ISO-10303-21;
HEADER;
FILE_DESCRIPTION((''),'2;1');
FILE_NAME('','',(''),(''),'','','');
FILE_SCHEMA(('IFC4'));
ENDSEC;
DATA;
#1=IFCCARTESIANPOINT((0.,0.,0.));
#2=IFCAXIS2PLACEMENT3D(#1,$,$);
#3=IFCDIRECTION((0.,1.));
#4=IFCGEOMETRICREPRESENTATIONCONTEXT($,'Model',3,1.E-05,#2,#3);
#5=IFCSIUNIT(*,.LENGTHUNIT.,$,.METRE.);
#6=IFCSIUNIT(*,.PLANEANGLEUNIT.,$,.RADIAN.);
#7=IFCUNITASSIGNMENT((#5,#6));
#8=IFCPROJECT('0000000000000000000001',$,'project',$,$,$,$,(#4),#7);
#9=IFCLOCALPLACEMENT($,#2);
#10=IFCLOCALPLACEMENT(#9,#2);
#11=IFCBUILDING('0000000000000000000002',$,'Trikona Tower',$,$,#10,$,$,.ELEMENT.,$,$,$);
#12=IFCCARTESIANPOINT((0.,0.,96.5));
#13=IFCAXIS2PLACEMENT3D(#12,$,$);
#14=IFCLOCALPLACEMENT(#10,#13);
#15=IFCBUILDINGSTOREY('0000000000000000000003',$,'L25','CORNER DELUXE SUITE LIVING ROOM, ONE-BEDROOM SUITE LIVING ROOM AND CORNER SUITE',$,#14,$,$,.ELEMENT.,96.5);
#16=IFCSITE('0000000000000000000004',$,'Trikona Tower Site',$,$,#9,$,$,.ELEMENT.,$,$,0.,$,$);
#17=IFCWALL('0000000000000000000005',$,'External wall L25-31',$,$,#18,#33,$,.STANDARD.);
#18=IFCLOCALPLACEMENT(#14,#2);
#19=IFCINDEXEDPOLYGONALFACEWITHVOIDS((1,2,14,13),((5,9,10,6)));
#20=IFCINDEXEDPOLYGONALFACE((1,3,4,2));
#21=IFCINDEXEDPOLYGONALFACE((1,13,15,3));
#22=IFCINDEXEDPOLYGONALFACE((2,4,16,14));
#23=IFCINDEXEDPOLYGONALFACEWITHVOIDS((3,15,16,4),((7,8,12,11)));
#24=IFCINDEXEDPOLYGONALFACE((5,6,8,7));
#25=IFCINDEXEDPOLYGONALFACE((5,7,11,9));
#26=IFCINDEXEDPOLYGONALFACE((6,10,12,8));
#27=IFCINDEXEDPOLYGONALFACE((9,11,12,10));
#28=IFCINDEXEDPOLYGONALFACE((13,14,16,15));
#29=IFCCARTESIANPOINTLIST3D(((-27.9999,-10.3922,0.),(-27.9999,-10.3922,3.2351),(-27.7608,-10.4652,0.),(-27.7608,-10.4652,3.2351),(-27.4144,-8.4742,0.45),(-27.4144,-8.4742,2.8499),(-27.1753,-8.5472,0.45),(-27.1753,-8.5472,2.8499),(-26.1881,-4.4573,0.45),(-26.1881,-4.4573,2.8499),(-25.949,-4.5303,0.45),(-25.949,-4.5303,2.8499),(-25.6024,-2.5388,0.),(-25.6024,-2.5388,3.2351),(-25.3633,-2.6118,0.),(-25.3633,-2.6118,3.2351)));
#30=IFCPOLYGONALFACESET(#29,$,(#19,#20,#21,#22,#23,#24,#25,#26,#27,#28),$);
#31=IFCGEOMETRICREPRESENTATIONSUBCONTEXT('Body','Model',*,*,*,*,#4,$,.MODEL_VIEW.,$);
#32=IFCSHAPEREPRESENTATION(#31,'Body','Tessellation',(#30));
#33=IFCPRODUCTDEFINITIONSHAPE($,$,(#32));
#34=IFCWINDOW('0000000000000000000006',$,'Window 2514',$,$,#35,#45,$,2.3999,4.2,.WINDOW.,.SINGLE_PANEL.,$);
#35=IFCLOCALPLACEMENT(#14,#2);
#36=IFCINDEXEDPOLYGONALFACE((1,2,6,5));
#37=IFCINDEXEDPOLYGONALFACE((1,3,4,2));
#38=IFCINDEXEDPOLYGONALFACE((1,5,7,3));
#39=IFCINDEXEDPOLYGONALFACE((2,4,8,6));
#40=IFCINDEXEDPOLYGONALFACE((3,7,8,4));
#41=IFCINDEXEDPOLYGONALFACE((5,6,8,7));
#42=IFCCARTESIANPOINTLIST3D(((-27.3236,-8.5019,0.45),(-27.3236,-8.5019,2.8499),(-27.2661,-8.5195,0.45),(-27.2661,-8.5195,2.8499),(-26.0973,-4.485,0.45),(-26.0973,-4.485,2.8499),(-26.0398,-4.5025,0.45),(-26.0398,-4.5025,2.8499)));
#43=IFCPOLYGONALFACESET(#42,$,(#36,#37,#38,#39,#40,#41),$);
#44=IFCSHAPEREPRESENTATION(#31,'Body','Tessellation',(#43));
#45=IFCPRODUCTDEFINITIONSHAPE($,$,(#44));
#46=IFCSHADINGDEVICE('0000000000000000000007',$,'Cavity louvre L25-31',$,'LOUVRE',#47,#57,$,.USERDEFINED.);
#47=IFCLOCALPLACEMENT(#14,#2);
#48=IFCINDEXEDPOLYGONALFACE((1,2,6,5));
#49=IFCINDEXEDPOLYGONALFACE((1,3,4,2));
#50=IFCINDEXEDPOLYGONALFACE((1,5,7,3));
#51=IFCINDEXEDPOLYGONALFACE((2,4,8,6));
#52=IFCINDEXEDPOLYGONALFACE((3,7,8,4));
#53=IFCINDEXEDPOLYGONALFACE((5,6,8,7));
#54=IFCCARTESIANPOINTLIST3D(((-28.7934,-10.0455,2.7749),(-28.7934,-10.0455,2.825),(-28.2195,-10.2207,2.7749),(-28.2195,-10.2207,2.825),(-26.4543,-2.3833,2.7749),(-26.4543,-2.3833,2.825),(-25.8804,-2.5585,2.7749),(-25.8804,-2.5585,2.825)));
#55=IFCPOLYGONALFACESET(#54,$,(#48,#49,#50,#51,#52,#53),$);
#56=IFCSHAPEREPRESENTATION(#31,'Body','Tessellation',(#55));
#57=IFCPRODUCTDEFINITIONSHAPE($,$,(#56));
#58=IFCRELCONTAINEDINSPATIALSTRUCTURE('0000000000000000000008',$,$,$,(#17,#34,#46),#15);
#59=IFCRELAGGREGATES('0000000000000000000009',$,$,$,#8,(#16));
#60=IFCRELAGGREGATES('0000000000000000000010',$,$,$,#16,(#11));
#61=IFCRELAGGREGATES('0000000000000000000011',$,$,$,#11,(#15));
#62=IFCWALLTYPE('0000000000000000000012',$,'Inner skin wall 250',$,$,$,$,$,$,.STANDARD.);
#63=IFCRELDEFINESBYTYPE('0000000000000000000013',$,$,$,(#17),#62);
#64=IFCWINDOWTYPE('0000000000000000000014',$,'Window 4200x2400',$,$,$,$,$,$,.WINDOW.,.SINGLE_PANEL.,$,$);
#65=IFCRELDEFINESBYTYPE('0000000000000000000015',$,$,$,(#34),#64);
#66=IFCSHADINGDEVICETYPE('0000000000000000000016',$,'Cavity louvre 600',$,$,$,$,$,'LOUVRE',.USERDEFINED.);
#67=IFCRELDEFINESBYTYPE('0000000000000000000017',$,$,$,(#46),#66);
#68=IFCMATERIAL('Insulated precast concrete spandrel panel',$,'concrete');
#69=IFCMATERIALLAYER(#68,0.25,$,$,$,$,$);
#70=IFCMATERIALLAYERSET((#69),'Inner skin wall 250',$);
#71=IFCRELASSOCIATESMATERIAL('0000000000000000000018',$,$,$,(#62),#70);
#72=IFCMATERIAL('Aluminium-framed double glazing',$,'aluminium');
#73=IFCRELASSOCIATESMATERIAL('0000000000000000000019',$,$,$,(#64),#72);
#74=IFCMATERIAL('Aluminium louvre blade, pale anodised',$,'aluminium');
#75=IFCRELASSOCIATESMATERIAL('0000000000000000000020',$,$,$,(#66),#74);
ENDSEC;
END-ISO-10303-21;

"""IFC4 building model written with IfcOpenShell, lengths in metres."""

from ifc_helpers import new_model, si_unit, direction, frame, frame_2d, origin, origin_2d, place, context, subcontext, project, spatial, rectangle, extrude, material, layer, layer_set, type_object, element, fill, save


model = new_model("IFC4")

# Units and contexts
model_context = context("Model", 3, precision=1e-05, world=origin(), true_north=direction((0.0, 1.0)))
body_context = subcontext(model_context, "Body", "Model", "MODEL_VIEW")
ifc_project = project(units=[si_unit("LENGTHUNIT", "METRE"), si_unit("PLANEANGLEUNIT", "RADIAN")], contexts=[model_context])

# Site, building, storey
site_placement = place(None, origin())
site = spatial("IfcSite", under=ifc_project, at=site_placement, Name="Trikona Tower Site", CompositionType="ELEMENT", RefElevation=0.0)
building_placement = place(site_placement, origin())
building = spatial("IfcBuilding", under=site, at=building_placement, Name="Trikona Tower", CompositionType="ELEMENT")
storey_placement = place(building_placement, frame((0.0, 0.0, 96.5)))
storey = spatial("IfcBuildingStorey", under=building, at=storey_placement, Name="L25", Description="CORNER DELUXE SUITE LIVING ROOM, ONE-BEDROOM SUITE LIVING ROOM AND CORNER SUITE", CompositionType="ELEMENT", Elevation=96.5)

# Wall, opening, window
ifc_material_1 = material(Name="Insulated precast concrete spandrel panel", Category="concrete")
ifc_layer_1 = layer(ifc_material_1, 0.25)
ifc_layer_set_1 = layer_set([ifc_layer_1], Name="Inner skin wall 250")
wall_type_1 = type_object("IfcWallType", Name="Inner skin wall 250", PredefinedType="STANDARD", material=ifc_layer_set_1)
wall_1_placement = place(storey_placement, frame((-25.4829, -2.5754, 0.0), z_axis=(0.0, 0.0, 1.0), x_axis=(-0.291979, -0.956425, 0.0)))
wall_1 = element("IfcWall", 1, at=wall_1_placement, inside=storey, type_object=wall_type_1, Name="External wall L25-31", PredefinedType="STANDARD", context=body_context, shape_type="SweptSolid", body=[
    extrude(rectangle(XDim=8.2112, YDim=0.25, at=frame_2d((4.1055, 0.0))), origin(), (0.0, 0.0, 1.0), 3.2351),
])
opening_1_placement = place(wall_1_placement, frame((2.0056, 0.0, 0.45)))
opening_1 = element("IfcOpeningElement", 2, at=opening_1_placement, cuts=wall_1, PredefinedType="OPENING", context=body_context, shape_type="SweptSolid", body=[
    extrude(rectangle(XDim=4.2, YDim=2.3999, at=frame_2d((2.1001, 1.2))), frame((0.0, 0.135, 0.0), z_axis=(0.0, -1.0, 0.0), x_axis=(1.0, 0.0, 0.0)), (0.0, 0.0, 1.0), 0.27),
])
ifc_material_2 = material(Name="Aluminium-framed double glazing", Category="aluminium")
window_type_1 = type_object("IfcWindowType", Name="Window 4200x2400", PartitioningType="SINGLE_PANEL", PredefinedType="WINDOW", material=ifc_material_2)
window_1_placement = place(opening_1_placement, origin())
window_1 = element("IfcWindow", 3, at=window_1_placement, inside=storey, type_object=window_type_1, Name="Window 2514", OverallHeight=2.3999, OverallWidth=4.2, PartitioningType="SINGLE_PANEL", PredefinedType="WINDOW", context=body_context, shape_type="SweptSolid", body=[
    extrude(rectangle(XDim=4.2, YDim=2.3999, at=frame_2d((2.1001, 1.2))), frame((0.0, 0.03, 0.0), z_axis=(0.0, -1.0, 0.0), x_axis=(1.0, 0.0, 0.0)), (0.0, 0.0, 1.0), 0.0601),
])
fill(opening_1, window_1)

# Shading device
ifc_material_3 = material(Name="Aluminium louvre blade, pale anodised", Category="aluminium")
shading_device_type = type_object("IfcShadingDeviceType", Name="Cavity louvre 600", ElementType="LOUVRE", PredefinedType="USERDEFINED", material=ifc_material_3)
shading_device_placement = place(storey_placement, frame((-27.3369, -6.302, 2.7749), z_axis=(0.0, 0.0, 1.0), x_axis=(-0.291979, -0.956425, 0.0)))
element("IfcShadingDevice", 4, at=shading_device_placement, inside=storey, type_object=shading_device_type, Name="Cavity louvre L25-31", ObjectType="LOUVRE", PredefinedType="USERDEFINED", context=body_context, shape_type="SweptSolid", body=[
    extrude(rectangle(XDim=8.0112, YDim=0.6001, at=origin_2d()), origin(), (0.0, 0.0, 1.0), 0.05),
])

save(model, "model.ifc")
